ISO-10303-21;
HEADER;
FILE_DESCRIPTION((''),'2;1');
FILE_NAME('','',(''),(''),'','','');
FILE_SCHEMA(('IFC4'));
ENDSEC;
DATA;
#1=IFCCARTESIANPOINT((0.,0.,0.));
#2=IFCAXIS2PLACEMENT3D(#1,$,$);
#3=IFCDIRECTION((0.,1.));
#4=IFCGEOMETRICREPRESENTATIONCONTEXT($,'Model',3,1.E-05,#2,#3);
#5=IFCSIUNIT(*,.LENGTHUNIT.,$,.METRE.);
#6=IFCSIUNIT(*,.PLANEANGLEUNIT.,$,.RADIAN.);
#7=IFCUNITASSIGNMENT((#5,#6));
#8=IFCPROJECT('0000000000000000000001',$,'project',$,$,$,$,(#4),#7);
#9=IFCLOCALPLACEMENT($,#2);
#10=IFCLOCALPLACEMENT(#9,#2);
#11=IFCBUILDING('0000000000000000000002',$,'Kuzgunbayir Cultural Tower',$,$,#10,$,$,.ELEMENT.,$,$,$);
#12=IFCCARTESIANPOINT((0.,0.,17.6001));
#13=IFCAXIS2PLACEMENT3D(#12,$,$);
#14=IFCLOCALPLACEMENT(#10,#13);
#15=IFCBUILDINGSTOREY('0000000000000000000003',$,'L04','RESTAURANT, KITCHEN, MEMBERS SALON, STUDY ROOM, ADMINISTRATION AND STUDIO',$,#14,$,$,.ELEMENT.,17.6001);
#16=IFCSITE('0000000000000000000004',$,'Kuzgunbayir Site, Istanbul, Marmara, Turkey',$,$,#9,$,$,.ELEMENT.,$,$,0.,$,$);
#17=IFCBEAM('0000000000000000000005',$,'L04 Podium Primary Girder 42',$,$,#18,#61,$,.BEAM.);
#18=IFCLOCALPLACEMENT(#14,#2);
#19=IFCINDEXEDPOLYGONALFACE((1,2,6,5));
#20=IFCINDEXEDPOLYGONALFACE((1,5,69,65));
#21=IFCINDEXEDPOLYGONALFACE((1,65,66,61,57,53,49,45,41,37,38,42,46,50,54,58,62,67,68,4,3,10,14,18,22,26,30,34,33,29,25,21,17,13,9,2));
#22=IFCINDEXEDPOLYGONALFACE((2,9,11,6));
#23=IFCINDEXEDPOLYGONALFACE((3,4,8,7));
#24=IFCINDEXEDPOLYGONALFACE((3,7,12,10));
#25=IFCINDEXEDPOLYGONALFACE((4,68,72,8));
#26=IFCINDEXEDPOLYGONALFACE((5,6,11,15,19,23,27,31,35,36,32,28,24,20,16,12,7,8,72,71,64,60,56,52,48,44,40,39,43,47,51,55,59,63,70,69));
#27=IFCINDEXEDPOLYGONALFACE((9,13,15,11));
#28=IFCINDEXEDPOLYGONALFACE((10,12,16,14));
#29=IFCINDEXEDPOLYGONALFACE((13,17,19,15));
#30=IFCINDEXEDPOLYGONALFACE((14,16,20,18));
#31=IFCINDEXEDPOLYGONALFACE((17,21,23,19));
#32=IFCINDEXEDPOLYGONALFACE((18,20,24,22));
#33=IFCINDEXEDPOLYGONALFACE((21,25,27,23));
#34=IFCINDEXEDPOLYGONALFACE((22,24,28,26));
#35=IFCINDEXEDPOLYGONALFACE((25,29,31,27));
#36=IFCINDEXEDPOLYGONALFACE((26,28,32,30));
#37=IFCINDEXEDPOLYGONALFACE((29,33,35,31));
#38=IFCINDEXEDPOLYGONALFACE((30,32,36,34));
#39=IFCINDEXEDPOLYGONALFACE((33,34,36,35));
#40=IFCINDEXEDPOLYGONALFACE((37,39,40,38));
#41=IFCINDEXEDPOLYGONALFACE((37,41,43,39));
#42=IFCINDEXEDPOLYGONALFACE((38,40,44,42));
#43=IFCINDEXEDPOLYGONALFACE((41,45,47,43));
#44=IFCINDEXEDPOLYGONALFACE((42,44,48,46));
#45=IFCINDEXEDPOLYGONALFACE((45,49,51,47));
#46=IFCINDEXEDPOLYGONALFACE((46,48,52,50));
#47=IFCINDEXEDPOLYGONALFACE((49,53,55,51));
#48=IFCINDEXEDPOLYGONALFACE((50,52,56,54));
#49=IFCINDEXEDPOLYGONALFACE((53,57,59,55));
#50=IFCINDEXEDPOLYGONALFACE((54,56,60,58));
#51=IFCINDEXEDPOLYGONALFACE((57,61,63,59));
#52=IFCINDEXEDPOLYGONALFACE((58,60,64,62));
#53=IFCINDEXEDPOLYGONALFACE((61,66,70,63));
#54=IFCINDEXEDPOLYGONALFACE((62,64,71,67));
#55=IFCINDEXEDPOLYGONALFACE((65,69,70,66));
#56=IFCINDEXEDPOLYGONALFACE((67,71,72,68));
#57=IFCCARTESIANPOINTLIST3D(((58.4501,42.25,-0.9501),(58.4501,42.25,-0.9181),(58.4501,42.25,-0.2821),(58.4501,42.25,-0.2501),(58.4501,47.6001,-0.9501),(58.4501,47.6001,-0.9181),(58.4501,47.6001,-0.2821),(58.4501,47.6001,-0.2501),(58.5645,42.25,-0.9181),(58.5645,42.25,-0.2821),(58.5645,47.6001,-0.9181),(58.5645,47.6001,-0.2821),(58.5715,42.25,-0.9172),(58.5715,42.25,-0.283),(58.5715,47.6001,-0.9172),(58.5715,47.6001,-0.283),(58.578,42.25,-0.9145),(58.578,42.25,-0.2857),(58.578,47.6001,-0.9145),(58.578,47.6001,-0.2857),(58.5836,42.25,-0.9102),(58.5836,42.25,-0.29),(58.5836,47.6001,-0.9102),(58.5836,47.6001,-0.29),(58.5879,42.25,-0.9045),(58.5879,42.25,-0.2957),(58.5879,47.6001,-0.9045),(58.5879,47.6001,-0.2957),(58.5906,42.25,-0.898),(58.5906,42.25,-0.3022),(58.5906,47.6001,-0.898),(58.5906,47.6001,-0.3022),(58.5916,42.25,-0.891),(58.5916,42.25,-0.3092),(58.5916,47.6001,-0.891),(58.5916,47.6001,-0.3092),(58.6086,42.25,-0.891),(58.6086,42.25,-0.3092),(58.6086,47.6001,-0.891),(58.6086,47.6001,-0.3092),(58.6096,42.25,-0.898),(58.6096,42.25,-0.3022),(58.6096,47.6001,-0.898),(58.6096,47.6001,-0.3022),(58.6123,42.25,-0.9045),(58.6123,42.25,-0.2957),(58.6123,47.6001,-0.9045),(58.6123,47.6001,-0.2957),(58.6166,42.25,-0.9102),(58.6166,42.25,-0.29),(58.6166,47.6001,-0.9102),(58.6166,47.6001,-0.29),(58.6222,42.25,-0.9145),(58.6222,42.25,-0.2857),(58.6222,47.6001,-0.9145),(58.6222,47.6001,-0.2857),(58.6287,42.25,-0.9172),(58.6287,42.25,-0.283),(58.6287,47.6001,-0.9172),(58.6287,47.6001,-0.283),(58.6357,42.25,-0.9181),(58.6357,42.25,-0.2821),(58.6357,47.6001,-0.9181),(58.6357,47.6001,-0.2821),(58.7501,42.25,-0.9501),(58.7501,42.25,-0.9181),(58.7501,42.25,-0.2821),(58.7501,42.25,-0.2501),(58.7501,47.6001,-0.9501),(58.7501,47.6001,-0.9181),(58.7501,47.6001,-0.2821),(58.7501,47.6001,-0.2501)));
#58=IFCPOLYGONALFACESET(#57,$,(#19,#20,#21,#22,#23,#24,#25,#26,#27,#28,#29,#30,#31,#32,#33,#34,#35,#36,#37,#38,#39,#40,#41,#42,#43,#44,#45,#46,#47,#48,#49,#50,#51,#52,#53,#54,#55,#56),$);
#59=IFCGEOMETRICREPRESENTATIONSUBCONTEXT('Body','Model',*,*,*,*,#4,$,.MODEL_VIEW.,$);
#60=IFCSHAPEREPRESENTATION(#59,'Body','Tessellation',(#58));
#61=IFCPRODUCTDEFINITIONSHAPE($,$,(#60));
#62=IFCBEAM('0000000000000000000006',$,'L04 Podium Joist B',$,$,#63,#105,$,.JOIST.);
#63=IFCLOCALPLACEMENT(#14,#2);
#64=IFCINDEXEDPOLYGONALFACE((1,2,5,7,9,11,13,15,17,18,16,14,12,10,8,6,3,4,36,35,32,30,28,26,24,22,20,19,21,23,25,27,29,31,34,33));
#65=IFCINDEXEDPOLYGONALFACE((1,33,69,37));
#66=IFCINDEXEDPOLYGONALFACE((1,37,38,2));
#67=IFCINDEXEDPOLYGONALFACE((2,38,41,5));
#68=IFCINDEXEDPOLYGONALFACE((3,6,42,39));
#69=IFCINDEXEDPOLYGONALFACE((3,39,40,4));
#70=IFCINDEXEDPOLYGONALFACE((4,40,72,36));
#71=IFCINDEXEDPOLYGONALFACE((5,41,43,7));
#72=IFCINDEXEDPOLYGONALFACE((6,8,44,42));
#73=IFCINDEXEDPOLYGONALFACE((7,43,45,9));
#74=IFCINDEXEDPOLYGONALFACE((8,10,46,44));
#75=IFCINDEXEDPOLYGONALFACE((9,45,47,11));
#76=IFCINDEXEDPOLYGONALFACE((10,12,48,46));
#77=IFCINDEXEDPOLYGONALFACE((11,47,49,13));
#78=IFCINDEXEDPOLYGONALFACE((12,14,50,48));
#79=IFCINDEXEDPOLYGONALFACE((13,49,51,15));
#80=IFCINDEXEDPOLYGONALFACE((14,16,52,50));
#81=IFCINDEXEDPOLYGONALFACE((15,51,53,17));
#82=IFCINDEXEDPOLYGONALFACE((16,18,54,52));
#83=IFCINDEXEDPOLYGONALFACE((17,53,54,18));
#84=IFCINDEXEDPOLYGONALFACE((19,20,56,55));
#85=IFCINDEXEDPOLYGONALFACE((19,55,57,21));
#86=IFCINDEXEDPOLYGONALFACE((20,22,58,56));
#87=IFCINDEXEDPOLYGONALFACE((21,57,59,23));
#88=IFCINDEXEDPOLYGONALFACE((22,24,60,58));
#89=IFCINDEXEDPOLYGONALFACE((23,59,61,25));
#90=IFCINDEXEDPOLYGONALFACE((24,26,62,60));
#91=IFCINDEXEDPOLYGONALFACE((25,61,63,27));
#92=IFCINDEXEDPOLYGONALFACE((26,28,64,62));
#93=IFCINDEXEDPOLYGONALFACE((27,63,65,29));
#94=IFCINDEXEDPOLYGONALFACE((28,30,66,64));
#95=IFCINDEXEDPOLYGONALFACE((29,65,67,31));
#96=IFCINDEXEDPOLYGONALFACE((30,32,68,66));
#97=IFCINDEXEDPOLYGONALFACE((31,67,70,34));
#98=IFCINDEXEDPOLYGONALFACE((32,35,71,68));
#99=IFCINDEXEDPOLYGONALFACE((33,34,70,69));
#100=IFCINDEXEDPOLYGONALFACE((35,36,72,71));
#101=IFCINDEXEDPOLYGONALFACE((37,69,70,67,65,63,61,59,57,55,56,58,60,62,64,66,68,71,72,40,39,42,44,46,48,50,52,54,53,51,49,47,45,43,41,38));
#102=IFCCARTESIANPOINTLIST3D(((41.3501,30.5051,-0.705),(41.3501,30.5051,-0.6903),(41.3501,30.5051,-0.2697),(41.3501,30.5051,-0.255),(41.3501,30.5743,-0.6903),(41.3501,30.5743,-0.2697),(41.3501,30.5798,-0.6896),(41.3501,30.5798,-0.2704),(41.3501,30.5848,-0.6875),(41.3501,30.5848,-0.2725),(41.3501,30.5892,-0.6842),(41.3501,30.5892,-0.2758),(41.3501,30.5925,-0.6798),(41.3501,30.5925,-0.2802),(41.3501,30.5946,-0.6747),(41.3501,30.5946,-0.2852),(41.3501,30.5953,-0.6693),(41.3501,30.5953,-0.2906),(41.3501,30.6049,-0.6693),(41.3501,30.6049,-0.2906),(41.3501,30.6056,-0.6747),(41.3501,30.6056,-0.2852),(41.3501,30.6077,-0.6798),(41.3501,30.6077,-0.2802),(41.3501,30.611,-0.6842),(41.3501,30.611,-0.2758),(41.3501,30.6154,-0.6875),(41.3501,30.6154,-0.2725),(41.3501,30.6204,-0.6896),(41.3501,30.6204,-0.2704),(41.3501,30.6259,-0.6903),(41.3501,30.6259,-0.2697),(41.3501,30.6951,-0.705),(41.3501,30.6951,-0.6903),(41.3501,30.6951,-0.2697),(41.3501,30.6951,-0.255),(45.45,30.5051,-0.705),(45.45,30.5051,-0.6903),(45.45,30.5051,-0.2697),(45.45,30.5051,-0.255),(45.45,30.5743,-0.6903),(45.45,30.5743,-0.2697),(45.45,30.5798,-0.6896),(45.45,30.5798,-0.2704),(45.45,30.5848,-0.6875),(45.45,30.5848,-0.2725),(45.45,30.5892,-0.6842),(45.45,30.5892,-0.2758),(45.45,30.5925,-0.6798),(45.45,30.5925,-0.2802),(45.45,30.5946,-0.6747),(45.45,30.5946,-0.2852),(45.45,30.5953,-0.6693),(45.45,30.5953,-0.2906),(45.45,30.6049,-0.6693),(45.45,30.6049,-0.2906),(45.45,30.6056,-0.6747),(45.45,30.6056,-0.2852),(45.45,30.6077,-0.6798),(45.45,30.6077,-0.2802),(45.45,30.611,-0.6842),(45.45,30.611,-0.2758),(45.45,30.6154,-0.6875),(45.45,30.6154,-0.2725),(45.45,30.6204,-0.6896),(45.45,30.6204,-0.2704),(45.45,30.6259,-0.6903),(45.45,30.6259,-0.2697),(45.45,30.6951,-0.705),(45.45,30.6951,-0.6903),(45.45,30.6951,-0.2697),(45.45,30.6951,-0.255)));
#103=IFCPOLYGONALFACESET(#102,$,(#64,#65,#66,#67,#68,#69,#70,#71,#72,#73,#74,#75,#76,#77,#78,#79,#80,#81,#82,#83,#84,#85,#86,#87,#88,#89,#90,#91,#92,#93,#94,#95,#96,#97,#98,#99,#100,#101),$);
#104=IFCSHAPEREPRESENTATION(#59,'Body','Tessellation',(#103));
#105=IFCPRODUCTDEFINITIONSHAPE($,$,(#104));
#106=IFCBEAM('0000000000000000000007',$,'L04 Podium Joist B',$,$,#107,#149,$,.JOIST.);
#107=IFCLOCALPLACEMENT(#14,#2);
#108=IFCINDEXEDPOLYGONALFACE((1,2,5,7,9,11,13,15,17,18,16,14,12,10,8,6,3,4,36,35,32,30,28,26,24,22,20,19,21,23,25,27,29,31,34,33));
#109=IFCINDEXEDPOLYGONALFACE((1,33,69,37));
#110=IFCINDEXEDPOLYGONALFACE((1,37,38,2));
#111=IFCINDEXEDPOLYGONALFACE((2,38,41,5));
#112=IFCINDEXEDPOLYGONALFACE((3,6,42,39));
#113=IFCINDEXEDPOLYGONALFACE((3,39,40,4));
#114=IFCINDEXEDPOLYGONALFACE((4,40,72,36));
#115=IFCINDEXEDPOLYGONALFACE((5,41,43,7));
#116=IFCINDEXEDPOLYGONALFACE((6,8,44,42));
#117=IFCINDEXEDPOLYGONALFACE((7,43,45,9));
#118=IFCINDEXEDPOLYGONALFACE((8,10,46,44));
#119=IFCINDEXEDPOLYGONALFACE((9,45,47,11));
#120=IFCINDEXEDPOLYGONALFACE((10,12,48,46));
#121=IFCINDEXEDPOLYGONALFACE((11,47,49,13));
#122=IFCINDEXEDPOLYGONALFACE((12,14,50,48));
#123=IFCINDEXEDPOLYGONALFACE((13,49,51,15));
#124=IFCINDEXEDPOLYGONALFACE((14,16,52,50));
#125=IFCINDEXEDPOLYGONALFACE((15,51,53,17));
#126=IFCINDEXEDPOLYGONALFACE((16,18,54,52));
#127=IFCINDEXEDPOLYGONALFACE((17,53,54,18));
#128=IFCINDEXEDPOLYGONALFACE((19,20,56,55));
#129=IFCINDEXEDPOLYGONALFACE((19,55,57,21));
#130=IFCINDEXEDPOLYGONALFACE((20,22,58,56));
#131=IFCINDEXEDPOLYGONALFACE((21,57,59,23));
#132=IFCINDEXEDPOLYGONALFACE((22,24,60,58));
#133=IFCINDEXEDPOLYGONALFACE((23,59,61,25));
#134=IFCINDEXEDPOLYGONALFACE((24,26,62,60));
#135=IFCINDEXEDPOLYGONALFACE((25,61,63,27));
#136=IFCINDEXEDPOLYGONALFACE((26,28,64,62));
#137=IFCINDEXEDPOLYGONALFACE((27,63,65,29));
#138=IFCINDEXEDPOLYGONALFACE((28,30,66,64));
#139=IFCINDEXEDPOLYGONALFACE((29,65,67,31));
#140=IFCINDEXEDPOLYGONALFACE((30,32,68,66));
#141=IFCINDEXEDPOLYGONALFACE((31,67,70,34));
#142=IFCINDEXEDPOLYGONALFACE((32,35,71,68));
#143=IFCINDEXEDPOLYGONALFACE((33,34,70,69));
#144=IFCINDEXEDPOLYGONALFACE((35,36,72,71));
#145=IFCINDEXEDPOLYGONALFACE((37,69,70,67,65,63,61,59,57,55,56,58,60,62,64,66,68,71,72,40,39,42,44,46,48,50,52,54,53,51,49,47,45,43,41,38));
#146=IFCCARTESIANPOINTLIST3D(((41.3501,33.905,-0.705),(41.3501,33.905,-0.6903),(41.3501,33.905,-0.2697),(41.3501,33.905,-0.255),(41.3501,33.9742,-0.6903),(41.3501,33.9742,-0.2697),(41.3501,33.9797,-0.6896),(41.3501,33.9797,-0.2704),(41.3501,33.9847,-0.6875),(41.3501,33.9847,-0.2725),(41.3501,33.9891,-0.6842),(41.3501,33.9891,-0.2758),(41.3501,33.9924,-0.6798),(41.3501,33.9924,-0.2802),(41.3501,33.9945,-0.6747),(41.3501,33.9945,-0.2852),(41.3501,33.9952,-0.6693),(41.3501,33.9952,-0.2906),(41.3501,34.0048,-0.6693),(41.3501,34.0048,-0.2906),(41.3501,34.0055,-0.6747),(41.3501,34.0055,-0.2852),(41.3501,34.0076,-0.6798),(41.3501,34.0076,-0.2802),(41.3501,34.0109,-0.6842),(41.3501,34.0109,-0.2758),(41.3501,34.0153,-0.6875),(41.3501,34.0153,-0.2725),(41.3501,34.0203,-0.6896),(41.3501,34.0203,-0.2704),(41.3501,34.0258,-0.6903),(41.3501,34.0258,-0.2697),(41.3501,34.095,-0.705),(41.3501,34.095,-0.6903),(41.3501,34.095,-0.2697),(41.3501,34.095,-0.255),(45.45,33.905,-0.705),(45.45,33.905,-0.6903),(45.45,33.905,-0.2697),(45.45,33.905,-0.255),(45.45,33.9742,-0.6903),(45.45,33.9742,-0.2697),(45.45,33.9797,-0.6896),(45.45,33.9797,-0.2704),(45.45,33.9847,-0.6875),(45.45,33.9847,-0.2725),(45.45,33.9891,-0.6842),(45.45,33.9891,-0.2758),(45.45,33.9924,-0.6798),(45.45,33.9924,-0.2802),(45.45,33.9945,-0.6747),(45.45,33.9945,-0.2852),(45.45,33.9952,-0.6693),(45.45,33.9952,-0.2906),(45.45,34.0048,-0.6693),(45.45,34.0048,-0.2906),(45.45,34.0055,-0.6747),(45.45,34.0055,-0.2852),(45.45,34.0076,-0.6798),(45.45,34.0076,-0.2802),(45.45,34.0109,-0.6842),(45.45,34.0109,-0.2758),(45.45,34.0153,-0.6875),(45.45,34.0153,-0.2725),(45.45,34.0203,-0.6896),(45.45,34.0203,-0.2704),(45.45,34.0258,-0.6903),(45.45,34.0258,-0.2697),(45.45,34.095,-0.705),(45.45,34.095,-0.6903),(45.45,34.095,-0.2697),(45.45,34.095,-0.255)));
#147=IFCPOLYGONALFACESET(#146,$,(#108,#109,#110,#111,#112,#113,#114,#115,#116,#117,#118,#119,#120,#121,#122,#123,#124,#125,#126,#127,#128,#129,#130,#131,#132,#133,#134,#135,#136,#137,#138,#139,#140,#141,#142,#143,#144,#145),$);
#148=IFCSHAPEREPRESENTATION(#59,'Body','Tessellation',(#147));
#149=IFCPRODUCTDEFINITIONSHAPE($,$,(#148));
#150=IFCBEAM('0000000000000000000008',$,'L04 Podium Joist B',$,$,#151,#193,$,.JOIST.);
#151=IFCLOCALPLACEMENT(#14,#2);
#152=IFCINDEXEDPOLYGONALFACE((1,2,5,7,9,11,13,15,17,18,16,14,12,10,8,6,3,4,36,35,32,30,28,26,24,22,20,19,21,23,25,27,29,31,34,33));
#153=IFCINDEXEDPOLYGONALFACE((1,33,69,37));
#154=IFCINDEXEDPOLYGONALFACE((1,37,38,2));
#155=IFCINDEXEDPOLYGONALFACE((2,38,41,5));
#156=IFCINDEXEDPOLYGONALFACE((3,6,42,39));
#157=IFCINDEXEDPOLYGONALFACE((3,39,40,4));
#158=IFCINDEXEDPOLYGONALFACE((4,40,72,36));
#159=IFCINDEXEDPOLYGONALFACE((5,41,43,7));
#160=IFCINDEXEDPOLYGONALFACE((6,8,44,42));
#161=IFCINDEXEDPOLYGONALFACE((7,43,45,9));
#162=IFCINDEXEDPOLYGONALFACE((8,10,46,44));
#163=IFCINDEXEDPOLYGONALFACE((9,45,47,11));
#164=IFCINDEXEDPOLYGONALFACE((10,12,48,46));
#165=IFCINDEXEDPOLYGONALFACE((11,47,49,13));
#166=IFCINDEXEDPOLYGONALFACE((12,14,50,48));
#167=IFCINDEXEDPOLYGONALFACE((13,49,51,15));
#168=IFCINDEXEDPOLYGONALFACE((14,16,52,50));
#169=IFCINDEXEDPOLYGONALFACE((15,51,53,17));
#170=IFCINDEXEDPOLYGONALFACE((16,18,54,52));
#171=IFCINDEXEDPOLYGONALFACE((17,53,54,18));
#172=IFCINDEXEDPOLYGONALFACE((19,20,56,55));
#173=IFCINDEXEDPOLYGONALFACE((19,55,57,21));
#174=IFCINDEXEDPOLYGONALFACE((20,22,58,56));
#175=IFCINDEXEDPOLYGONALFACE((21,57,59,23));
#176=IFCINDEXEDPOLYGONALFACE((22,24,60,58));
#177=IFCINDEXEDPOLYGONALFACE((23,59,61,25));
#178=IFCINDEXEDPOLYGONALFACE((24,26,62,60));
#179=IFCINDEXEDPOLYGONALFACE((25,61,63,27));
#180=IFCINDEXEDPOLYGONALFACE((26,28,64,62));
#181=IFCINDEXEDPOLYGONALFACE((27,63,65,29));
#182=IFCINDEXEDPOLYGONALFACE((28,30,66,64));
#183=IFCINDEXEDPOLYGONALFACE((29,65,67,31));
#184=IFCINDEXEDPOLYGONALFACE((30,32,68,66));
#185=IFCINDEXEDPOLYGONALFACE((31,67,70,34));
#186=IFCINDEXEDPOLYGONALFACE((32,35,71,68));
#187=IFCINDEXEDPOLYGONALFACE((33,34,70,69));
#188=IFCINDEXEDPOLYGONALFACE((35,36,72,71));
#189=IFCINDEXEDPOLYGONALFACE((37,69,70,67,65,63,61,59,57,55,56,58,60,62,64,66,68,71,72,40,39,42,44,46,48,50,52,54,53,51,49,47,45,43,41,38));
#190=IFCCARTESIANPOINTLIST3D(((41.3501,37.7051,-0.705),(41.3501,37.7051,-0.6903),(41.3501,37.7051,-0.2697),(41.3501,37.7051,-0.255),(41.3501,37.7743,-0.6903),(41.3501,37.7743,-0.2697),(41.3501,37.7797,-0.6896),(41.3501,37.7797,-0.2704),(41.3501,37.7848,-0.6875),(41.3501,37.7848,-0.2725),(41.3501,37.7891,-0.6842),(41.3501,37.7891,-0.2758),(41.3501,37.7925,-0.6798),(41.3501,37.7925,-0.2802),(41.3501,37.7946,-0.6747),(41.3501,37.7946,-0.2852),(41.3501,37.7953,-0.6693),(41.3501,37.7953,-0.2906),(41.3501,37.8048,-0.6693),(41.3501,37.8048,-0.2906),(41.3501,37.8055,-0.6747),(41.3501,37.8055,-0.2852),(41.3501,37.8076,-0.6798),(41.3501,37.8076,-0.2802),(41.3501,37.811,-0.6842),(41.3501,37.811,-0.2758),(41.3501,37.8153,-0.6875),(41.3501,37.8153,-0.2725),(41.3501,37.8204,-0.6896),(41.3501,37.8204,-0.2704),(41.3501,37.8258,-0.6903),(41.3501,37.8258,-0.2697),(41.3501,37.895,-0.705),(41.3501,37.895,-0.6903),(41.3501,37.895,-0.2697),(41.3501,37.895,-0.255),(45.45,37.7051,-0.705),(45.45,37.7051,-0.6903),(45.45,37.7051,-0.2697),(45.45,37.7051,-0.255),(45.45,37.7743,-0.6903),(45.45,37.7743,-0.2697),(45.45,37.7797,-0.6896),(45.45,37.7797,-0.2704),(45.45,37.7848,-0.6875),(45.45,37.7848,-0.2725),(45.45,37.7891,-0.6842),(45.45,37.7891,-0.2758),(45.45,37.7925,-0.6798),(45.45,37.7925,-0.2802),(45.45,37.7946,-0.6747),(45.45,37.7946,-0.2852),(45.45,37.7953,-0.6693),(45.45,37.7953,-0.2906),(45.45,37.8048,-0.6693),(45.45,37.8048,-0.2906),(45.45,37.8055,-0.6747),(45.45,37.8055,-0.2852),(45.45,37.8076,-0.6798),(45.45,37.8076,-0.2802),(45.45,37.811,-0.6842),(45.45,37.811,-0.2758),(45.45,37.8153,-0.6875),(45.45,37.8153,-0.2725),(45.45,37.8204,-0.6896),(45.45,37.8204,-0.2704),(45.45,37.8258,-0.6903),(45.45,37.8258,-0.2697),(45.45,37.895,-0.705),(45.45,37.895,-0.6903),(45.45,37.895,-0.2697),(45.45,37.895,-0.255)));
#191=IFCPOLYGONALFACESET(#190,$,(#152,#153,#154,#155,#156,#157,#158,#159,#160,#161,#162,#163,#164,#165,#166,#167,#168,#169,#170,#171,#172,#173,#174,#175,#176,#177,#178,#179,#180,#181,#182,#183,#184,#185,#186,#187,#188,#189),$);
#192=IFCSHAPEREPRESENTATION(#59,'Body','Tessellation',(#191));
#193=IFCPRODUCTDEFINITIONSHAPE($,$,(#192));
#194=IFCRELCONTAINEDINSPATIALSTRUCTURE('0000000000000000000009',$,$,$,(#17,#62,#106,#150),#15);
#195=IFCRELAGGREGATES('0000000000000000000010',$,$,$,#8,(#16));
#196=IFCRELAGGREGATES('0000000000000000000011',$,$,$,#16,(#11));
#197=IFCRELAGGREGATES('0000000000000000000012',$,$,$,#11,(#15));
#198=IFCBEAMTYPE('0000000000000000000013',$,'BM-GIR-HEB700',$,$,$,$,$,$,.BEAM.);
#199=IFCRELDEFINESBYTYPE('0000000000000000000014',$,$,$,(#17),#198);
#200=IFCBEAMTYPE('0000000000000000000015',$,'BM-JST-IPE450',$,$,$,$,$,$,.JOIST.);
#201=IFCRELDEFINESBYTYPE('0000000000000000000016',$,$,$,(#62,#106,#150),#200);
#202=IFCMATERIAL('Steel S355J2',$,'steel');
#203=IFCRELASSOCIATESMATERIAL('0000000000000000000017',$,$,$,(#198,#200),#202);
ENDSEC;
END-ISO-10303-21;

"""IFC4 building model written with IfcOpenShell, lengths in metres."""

from ifc_helpers import new_model, si_unit, direction, frame, origin, origin_2d, place, context, subcontext, project, spatial, i_section, extrude, material, material_profile, profile_set, type_object, element, save


model = new_model("IFC4")

# Units and contexts
model_context = context("Model", 3, precision=1e-05, world=origin(), true_north=direction((0.0, 1.0)))
body_context = subcontext(model_context, "Body", "Model", "MODEL_VIEW")
ifc_project = project(units=[si_unit("LENGTHUNIT", "METRE"), si_unit("PLANEANGLEUNIT", "RADIAN")], contexts=[model_context])

# Site, building, storey
site_placement = place(None, origin())
site = spatial("IfcSite", under=ifc_project, at=site_placement, Name="Kuzgunbayir Site, Istanbul, Marmara, Turkey", CompositionType="ELEMENT", RefElevation=0.0)
building_placement = place(site_placement, origin())
building = spatial("IfcBuilding", under=site, at=building_placement, Name="Kuzgunbayir Cultural Tower", CompositionType="ELEMENT")
storey_placement = place(building_placement, frame((0.0, 0.0, 17.6001)))
storey = spatial("IfcBuildingStorey", under=building, at=storey_placement, Name="L04", Description="RESTAURANT, KITCHEN, MEMBERS SALON, STUDY ROOM, ADMINISTRATION AND STUDIO", CompositionType="ELEMENT", Elevation=17.6001)

# Beams
ifc_material_1 = material(Name="Steel S355J2", Category="steel")
ifc_material_profile_1 = material_profile(ifc_material_1, i_section(OverallWidth=0.3, OverallDepth=0.7, WebThickness=0.0171, FlangeThickness=0.032, FilletRadius=0.0271, at=origin_2d()), Name="HEB 700")
ifc_profile_set_1 = profile_set([ifc_material_profile_1], Name="Steel S355J2")
beam_type_1 = type_object("IfcBeamType", Name="BM-GIR-HEB700", PredefinedType="BEAM", material=ifc_profile_set_1)
beam_1_placement = place(storey_placement, frame((58.6001, 42.25, -0.6001), z_axis=(0.0, 1.0, 0.0), x_axis=(-1.0, 0.0, 0.0)))
element("IfcBeam", 1, at=beam_1_placement, inside=storey, type_object=beam_type_1, Name="L04 Podium Primary Girder 42", PredefinedType="BEAM", context=body_context, shape_type="SweptSolid", body=[
    extrude(i_section(OverallWidth=0.3, OverallDepth=0.7, WebThickness=0.0171, FlangeThickness=0.032, FilletRadius=0.0271, at=origin_2d()), origin(), (0.0, 0.0, 1.0), 5.3501),
])
ifc_material_profile_2 = material_profile(ifc_material_1, i_section(OverallWidth=0.1899, OverallDepth=0.45, WebThickness=0.0095, FlangeThickness=0.0146, FilletRadius=0.021, at=origin_2d()), Name="IPE 450")
ifc_profile_set_2 = profile_set([ifc_material_profile_2], Name="Steel S355J2")
beam_type_2 = type_object("IfcBeamType", Name="BM-JST-IPE450", PredefinedType="JOIST", material=ifc_profile_set_2)
for number, where, z_axis, x_axis, name in (
    (2, (41.3501, 30.6001, -0.48), (1.0, 0.0, 0.0), (0.0, 1.0, 0.0), "L04 Podium Joist B"),
    (3, (41.3501, 34.0, -0.48), (1.0, 0.0, 0.0), (0.0, 1.0, 0.0), "L04 Podium Joist B"),
    (4, (41.3501, 37.8, -0.48), (1.0, 0.0, 0.0), (0.0, 1.0, 0.0), "L04 Podium Joist B"),
):
    element("IfcBeam", number, at=place(storey_placement, frame(where, z_axis=z_axis, x_axis=x_axis)), inside=storey, type_object=beam_type_2, Name=name, PredefinedType="JOIST", context=body_context, shape_type="SweptSolid", body=[
        extrude(i_section(OverallWidth=0.1899, OverallDepth=0.45, WebThickness=0.0095, FlangeThickness=0.0146, FilletRadius=0.021, at=origin_2d()), origin(), (0.0, 0.0, 1.0), 4.0999),
    ])

save(model, "model.ifc")
